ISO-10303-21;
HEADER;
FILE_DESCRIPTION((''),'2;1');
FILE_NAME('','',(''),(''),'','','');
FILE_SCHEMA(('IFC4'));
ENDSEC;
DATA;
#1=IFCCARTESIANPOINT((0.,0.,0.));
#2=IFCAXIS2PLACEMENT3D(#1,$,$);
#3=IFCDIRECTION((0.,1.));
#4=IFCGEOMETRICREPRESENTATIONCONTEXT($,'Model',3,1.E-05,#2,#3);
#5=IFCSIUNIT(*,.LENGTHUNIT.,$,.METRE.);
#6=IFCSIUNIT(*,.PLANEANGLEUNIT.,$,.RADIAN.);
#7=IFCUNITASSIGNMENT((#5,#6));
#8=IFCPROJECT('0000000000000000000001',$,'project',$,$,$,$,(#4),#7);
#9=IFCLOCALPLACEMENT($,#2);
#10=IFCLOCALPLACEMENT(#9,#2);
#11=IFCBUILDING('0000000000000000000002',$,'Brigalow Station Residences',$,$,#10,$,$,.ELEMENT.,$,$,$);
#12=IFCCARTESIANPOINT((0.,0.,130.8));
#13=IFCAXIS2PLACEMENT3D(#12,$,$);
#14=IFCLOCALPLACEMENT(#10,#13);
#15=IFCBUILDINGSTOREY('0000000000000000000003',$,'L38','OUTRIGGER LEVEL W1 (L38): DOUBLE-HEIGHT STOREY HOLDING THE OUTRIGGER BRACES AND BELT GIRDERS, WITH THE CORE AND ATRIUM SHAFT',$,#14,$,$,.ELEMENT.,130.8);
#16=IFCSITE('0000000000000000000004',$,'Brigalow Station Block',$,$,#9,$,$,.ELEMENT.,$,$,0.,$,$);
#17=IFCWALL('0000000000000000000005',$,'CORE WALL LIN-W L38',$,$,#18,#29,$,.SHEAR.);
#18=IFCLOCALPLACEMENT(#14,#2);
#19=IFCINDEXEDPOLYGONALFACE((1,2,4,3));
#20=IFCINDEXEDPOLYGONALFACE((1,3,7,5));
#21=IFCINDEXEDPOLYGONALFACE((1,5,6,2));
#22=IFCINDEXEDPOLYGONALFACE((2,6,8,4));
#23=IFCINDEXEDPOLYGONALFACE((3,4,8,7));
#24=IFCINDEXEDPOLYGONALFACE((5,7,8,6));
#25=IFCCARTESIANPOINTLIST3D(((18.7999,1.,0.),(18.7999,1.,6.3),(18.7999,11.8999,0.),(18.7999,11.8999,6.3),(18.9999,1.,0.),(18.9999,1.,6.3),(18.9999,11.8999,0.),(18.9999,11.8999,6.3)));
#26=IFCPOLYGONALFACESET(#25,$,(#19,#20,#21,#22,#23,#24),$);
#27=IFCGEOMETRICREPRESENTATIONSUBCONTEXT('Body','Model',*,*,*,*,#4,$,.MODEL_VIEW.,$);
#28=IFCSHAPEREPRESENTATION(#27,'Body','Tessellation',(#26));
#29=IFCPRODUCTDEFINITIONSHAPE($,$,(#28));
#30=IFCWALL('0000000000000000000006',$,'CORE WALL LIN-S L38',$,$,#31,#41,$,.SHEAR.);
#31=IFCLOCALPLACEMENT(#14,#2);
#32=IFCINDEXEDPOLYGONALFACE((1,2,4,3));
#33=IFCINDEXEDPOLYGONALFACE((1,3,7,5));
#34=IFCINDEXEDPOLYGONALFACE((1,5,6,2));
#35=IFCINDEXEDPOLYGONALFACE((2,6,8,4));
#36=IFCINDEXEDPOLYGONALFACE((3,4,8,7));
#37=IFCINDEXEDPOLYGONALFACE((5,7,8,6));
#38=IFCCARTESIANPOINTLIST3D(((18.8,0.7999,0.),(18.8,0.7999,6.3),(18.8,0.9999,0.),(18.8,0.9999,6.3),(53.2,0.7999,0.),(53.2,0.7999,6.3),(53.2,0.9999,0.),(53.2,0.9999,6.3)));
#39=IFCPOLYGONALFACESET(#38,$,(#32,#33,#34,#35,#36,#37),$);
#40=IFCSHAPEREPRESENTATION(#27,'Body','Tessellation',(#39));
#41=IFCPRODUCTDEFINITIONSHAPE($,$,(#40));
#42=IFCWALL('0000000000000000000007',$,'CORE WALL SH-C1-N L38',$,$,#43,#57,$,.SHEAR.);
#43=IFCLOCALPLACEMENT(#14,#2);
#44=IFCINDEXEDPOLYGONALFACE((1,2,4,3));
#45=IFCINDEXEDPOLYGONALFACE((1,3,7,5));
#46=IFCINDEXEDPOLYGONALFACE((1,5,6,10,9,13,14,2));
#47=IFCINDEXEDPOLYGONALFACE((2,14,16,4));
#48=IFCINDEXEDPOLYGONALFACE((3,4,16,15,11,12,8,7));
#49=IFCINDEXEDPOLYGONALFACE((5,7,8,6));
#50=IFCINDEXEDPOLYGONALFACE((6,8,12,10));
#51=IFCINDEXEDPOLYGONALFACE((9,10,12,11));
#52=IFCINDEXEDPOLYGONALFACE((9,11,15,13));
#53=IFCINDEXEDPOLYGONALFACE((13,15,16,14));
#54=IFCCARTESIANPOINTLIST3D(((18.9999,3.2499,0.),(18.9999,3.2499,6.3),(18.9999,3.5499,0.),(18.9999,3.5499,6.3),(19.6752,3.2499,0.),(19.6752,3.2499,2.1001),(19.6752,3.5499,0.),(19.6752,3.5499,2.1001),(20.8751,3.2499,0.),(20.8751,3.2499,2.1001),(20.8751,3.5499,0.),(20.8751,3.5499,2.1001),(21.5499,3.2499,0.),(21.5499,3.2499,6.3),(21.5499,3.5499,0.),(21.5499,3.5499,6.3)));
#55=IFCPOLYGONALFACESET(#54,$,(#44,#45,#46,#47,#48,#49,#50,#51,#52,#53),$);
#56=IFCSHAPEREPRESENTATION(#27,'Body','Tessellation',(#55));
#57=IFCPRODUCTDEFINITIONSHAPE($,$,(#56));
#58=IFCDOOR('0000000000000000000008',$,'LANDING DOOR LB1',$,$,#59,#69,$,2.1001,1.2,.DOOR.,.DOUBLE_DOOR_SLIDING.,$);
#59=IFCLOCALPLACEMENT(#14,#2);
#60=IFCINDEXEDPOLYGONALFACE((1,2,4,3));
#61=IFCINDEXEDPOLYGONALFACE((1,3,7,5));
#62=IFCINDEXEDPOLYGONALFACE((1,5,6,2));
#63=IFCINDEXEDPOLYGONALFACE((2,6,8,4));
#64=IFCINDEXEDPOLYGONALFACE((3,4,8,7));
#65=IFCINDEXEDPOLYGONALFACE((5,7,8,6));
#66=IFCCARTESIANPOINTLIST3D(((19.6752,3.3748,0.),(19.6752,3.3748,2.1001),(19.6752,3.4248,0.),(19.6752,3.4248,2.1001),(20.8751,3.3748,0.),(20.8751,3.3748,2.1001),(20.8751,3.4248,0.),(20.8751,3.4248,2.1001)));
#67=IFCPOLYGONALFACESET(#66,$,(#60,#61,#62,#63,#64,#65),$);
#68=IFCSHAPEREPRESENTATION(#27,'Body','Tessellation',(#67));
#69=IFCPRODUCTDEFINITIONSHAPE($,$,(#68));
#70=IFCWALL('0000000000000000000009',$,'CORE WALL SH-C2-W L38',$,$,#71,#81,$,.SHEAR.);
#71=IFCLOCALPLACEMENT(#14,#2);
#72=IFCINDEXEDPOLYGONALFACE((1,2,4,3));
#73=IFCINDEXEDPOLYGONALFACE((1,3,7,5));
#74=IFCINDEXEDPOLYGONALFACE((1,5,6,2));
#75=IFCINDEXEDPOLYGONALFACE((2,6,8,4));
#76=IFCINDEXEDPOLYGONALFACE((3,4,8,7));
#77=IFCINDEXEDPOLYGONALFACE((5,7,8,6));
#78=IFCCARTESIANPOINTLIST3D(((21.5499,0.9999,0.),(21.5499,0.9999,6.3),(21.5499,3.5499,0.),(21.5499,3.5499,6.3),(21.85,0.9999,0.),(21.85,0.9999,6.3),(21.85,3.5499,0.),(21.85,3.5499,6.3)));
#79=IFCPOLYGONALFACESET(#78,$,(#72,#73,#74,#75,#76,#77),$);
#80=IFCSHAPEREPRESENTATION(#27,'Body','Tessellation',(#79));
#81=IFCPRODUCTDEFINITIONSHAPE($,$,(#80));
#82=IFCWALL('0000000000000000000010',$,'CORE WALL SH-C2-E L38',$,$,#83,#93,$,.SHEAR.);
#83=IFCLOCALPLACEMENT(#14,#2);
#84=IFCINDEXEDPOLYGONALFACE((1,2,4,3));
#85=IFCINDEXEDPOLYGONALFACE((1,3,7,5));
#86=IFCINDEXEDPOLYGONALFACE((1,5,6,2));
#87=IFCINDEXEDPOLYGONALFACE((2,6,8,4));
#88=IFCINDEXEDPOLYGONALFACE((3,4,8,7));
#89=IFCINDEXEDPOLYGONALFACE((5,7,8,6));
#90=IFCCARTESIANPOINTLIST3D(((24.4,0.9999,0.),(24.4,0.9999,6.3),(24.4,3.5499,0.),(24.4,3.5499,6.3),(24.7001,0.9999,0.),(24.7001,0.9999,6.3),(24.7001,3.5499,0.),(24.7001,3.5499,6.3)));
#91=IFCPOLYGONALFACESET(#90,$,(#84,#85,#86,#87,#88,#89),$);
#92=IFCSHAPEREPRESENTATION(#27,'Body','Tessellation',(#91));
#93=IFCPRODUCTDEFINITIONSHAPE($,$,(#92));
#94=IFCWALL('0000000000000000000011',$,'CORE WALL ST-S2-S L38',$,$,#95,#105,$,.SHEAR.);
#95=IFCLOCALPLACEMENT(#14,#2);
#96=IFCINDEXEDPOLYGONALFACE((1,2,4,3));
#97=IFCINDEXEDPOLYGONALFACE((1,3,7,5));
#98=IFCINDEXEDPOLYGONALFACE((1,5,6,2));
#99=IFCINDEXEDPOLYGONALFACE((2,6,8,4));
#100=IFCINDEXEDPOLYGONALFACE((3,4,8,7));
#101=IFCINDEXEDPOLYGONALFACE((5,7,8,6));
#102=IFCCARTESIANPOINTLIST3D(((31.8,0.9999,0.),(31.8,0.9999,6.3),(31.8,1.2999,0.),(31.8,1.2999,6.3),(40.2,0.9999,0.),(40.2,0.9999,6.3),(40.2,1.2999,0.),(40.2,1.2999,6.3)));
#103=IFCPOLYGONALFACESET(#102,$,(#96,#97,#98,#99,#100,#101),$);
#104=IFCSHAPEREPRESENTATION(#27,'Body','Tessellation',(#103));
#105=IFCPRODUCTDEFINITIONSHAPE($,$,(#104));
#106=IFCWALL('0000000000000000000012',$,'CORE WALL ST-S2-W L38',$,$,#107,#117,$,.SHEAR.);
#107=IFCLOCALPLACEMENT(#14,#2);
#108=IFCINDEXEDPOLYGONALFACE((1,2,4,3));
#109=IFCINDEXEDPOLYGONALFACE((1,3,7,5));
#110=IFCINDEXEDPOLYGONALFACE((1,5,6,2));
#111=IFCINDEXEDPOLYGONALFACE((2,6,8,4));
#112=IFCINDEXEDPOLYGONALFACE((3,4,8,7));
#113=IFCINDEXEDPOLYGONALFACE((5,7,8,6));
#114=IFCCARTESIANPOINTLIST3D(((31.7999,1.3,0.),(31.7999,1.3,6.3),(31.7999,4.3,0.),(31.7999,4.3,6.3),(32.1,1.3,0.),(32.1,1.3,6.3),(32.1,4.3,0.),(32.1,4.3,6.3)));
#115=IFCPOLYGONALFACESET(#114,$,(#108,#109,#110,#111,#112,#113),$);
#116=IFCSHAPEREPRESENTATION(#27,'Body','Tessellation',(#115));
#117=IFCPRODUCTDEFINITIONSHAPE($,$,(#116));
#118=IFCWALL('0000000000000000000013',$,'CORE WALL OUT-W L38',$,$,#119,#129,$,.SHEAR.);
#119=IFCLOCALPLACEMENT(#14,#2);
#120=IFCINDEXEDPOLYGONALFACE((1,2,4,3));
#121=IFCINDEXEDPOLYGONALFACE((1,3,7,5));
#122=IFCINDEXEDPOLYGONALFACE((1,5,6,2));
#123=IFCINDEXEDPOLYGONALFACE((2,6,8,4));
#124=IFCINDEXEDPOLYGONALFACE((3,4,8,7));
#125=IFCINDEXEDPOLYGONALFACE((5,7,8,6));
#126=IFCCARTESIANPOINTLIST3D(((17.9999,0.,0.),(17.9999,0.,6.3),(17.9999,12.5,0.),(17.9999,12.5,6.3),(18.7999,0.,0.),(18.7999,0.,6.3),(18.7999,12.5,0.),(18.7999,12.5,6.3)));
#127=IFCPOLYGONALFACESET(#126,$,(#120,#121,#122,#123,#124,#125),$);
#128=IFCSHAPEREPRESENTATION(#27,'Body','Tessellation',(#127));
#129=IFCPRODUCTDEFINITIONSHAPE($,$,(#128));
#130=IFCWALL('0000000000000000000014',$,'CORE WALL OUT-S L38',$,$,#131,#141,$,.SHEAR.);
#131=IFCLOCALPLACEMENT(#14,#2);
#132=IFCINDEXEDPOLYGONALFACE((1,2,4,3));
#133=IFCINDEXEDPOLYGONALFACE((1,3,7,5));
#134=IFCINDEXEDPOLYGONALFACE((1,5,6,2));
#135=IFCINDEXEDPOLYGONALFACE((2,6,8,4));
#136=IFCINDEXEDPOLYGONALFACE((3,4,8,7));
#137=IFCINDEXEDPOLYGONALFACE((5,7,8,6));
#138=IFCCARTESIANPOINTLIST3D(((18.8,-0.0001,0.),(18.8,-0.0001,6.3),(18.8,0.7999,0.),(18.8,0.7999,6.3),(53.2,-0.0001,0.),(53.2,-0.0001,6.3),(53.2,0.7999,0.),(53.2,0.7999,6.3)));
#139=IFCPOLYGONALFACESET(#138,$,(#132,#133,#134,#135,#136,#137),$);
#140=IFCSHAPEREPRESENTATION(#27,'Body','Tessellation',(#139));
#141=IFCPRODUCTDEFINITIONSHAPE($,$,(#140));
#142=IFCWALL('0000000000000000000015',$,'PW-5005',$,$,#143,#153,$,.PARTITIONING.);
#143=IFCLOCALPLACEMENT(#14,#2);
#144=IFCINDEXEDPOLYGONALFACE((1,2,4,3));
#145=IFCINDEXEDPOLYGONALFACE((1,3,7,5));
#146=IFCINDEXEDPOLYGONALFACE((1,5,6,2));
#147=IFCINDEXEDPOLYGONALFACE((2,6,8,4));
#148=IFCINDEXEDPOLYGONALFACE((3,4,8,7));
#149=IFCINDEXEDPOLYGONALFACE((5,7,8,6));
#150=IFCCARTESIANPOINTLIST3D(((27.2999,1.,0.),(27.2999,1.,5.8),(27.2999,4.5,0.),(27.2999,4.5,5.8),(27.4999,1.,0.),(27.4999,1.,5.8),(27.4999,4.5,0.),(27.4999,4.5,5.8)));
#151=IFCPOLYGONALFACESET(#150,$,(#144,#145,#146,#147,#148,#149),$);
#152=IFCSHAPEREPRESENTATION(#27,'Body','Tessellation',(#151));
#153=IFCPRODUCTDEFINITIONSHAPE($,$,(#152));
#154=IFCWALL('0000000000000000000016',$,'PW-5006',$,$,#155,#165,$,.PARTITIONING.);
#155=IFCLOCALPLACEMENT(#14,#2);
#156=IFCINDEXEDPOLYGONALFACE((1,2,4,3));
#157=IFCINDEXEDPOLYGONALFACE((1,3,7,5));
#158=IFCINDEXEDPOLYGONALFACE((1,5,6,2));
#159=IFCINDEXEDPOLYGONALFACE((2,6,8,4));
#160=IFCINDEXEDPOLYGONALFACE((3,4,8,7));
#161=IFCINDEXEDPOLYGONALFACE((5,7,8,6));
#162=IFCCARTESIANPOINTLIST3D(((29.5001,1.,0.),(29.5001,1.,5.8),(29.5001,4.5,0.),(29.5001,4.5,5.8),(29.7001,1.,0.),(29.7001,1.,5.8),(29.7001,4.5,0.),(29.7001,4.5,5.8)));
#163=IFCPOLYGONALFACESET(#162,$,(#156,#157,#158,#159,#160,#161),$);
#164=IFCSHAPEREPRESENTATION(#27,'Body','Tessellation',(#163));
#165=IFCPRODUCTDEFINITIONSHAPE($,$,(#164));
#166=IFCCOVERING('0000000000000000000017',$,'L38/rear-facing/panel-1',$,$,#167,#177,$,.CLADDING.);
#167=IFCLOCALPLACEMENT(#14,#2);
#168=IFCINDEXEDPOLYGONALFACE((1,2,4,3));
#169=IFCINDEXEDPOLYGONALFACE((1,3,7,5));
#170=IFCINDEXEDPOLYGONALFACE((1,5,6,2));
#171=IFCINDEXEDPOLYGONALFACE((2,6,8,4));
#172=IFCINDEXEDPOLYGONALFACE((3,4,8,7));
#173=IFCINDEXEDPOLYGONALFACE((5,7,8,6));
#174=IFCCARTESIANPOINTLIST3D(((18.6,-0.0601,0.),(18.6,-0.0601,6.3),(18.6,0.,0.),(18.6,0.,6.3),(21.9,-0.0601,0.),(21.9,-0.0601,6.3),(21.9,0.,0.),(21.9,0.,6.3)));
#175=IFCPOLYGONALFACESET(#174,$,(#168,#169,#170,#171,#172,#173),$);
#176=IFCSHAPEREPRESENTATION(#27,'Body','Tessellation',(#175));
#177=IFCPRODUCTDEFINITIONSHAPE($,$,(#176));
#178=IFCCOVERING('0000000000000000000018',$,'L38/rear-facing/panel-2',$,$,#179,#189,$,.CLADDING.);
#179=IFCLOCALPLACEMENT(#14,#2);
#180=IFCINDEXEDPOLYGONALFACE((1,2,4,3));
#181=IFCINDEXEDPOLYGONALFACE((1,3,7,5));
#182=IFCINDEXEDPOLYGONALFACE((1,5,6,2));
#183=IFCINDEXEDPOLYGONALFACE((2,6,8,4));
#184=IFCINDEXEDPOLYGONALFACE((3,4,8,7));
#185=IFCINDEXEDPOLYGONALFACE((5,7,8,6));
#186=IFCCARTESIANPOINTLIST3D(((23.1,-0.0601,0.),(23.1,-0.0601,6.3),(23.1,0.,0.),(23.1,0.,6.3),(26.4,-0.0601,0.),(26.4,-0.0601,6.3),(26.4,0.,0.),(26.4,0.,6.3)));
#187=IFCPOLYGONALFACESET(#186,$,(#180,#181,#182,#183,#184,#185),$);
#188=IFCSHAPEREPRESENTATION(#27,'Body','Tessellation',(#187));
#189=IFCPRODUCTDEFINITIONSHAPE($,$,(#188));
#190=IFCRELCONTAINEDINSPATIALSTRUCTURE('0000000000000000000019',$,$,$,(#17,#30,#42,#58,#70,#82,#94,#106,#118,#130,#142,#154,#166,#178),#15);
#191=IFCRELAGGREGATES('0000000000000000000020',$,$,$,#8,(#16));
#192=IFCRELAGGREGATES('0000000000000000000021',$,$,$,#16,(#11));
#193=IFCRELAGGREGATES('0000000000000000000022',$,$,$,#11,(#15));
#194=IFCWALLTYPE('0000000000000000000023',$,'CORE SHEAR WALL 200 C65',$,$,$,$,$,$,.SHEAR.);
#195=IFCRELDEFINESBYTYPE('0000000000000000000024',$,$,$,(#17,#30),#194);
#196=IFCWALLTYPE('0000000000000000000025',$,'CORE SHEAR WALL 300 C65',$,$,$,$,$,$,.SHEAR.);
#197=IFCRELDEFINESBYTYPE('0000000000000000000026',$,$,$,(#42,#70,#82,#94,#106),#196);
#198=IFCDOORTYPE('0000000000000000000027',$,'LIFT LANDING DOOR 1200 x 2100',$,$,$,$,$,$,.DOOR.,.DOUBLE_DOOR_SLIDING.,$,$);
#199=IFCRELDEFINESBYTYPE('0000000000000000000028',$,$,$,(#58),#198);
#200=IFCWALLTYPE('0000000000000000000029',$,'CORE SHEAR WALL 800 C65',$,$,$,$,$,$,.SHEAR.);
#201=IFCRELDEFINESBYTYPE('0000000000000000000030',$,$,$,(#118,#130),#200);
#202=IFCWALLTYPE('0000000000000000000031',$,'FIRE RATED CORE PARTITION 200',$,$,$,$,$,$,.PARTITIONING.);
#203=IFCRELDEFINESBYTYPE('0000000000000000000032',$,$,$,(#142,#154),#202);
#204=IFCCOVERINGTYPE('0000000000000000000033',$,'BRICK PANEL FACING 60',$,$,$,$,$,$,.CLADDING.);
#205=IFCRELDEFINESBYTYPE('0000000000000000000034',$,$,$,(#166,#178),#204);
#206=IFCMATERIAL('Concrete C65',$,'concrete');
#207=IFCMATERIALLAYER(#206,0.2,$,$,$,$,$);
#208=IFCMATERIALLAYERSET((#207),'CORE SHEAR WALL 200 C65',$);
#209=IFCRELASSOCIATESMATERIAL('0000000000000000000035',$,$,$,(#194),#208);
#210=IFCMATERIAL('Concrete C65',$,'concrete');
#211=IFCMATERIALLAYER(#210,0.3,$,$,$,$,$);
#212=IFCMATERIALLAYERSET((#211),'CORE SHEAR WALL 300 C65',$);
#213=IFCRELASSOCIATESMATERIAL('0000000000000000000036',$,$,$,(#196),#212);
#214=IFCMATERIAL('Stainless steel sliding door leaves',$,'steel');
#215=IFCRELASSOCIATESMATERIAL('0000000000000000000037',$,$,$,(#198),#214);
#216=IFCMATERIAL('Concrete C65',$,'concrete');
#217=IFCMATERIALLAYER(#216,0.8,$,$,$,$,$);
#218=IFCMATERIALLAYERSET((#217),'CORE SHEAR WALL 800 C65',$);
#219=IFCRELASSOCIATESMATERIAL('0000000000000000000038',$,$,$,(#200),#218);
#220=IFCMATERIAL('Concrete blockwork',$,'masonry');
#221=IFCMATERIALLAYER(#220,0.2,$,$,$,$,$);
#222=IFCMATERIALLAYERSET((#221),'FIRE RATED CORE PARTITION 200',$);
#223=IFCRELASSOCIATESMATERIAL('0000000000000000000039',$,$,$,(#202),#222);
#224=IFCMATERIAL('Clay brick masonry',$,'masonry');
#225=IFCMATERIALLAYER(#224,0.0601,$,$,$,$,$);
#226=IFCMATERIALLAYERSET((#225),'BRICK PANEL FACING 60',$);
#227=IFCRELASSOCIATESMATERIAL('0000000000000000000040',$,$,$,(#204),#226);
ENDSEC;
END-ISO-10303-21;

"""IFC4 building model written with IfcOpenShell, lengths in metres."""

from ifc_helpers import new_model, si_unit, direction, frame, frame_2d, origin, origin_2d, place, context, subcontext, project, spatial, rectangle, extrude, material, layer, layer_set, type_object, element, fill, save


model = new_model("IFC4")

# Units and contexts
model_context = context("Model", 3, precision=1e-05, world=origin(), true_north=direction((0.0, 1.0)))
body_context = subcontext(model_context, "Body", "Model", "MODEL_VIEW")
ifc_project = project(units=[si_unit("LENGTHUNIT", "METRE"), si_unit("PLANEANGLEUNIT", "RADIAN")], contexts=[model_context])

# Site, building, storey
site_placement = place(None, origin())
site = spatial("IfcSite", under=ifc_project, at=site_placement, Name="Brigalow Station Block", CompositionType="ELEMENT", RefElevation=0.0)
building_placement = place(site_placement, origin())
building = spatial("IfcBuilding", under=site, at=building_placement, Name="Brigalow Station Residences", CompositionType="ELEMENT")
storey_placement = place(building_placement, frame((0.0, 0.0, 130.8)))
storey = spatial("IfcBuildingStorey", under=building, at=storey_placement, Name="L38", Description="OUTRIGGER LEVEL W1 (L38): DOUBLE-HEIGHT STOREY HOLDING THE OUTRIGGER BRACES AND BELT GIRDERS, WITH THE CORE AND ATRIUM SHAFT", CompositionType="ELEMENT", Elevation=130.8)

# Walls
ifc_material_1 = material(Name="Concrete C65", Category="concrete")
ifc_layer_1 = layer(ifc_material_1, 0.2)
ifc_layer_set_1 = layer_set([ifc_layer_1], Name="CORE SHEAR WALL 200 C65")
wall_type_1 = type_object("IfcWallType", Name="CORE SHEAR WALL 200 C65", PredefinedType="SHEAR", material=ifc_layer_set_1)
wall_1_placement = place(storey_placement, frame((18.8999, 1.0, 0.0), z_axis=(0.0, 0.0, 1.0), x_axis=(0.0, 1.0, 0.0)))
element("IfcWall", 1, at=wall_1_placement, inside=storey, type_object=wall_type_1, Name="CORE WALL LIN-W L38", PredefinedType="SHEAR", context=body_context, shape_type="SweptSolid", body=[
    extrude(rectangle(XDim=10.8999, YDim=0.2, at=frame_2d((5.45, 0.0))), origin(), (0.0, 0.0, 1.0), 6.3),
])
wall_2_placement = place(storey_placement, frame((18.8, 0.8999, 0.0), z_axis=(0.0, 0.0, 1.0), x_axis=(1.0, 0.0, 0.0)))
element("IfcWall", 2, at=wall_2_placement, inside=storey, type_object=wall_type_1, Name="CORE WALL LIN-S L38", PredefinedType="SHEAR", context=body_context, shape_type="SweptSolid", body=[
    extrude(rectangle(XDim=34.3999, YDim=0.2, at=frame_2d((17.2, 0.0))), origin(), (0.0, 0.0, 1.0), 6.3),
])

# Wall, opening, door
ifc_material_2 = material(Name="Concrete C65", Category="concrete")
ifc_layer_2 = layer(ifc_material_2, 0.3)
ifc_layer_set_2 = layer_set([ifc_layer_2], Name="CORE SHEAR WALL 300 C65")
wall_type_2 = type_object("IfcWallType", Name="CORE SHEAR WALL 300 C65", PredefinedType="SHEAR", material=ifc_layer_set_2)
wall_3_placement = place(storey_placement, frame((19.0, 3.3999, 0.0), z_axis=(0.0, 0.0, 1.0), x_axis=(1.0, 0.0, 0.0)))
wall_3 = element("IfcWall", 3, at=wall_3_placement, inside=storey, type_object=wall_type_2, Name="CORE WALL SH-C1-N L38", PredefinedType="SHEAR", context=body_context, shape_type="SweptSolid", body=[
    extrude(rectangle(XDim=2.55, YDim=0.3, at=frame_2d((1.2749, 0.0))), origin(), (0.0, 0.0, 1.0), 6.3),
])
opening_placement = place(wall_3_placement, frame((0.675, 0.0, 0.0)))
opening = element("IfcOpeningElement", 4, at=opening_placement, cuts=wall_3, PredefinedType="OPENING", context=body_context, shape_type="SweptSolid", body=[
    extrude(rectangle(XDim=1.2, YDim=2.1001, at=frame_2d((0.6001, 1.05))), frame((0.0, 0.1602, 0.0), z_axis=(0.0, -1.0, 0.0), x_axis=(1.0, 0.0, 0.0)), (0.0, 0.0, 1.0), 0.3201),
])
ifc_material_3 = material(Name="Stainless steel sliding door leaves", Category="steel")
door_type = type_object("IfcDoorType", Name="LIFT LANDING DOOR 1200 x 2100", OperationType="DOUBLE_DOOR_SLIDING", PredefinedType="DOOR", material=ifc_material_3)
door_placement = place(opening_placement, origin())
door = element("IfcDoor", 5, at=door_placement, inside=storey, type_object=door_type, Name="LANDING DOOR LB1", OperationType="DOUBLE_DOOR_SLIDING", OverallHeight=2.1001, OverallWidth=1.2, PredefinedType="DOOR", context=body_context, shape_type="SweptSolid", body=[
    extrude(rectangle(XDim=1.2, YDim=2.1001, at=frame_2d((0.6001, 1.05))), frame((0.0, 0.0249, 0.0), z_axis=(0.0, -1.0, 0.0), x_axis=(1.0, 0.0, 0.0)), (0.0, 0.0, 1.0), 0.05),
])
fill(opening, door)

# Walls
for number, where, z_axis, x_axis, name in (
    (6, (21.7, 1.0, 0.0), (0.0, 0.0, 1.0), (0.0, 1.0, 0.0), "CORE WALL SH-C2-W L38"),
    (7, (24.55, 1.0, 0.0), (0.0, 0.0, 1.0), (0.0, 1.0, 0.0), "CORE WALL SH-C2-E L38"),
):
    element("IfcWall", number, at=place(storey_placement, frame(where, z_axis=z_axis, x_axis=x_axis)), inside=storey, type_object=wall_type_2, Name=name, PredefinedType="SHEAR", context=body_context, shape_type="SweptSolid", body=[
        extrude(rectangle(XDim=2.55, YDim=0.3, at=frame_2d((1.2749, 0.0))), origin(), (0.0, 0.0, 1.0), 6.3),
    ])
wall_4_placement = place(storey_placement, frame((31.8, 1.1499, 0.0), z_axis=(0.0, 0.0, 1.0), x_axis=(1.0, 0.0, 0.0)))
element("IfcWall", 8, at=wall_4_placement, inside=storey, type_object=wall_type_2, Name="CORE WALL ST-S2-S L38", PredefinedType="SHEAR", context=body_context, shape_type="SweptSolid", body=[
    extrude(rectangle(XDim=8.3999, YDim=0.3, at=frame_2d((4.2, 0.0))), origin(), (0.0, 0.0, 1.0), 6.3),
])
wall_5_placement = place(storey_placement, frame((31.95, 1.3, 0.0), z_axis=(0.0, 0.0, 1.0), x_axis=(0.0, 1.0, 0.0)))
element("IfcWall", 9, at=wall_5_placement, inside=storey, type_object=wall_type_2, Name="CORE WALL ST-S2-W L38", PredefinedType="SHEAR", context=body_context, shape_type="SweptSolid", body=[
    extrude(rectangle(XDim=3.0, YDim=0.3, at=frame_2d((1.5, 0.0))), origin(), (0.0, 0.0, 1.0), 6.3),
])
ifc_material_4 = material(Name="Concrete C65", Category="concrete")
ifc_layer_3 = layer(ifc_material_4, 0.8)
ifc_layer_set_3 = layer_set([ifc_layer_3], Name="CORE SHEAR WALL 800 C65")
wall_type_3 = type_object("IfcWallType", Name="CORE SHEAR WALL 800 C65", PredefinedType="SHEAR", material=ifc_layer_set_3)
wall_6_placement = place(storey_placement, frame((18.3999, 0.0, 0.0), z_axis=(0.0, 0.0, 1.0), x_axis=(0.0, 1.0, 0.0)))
element("IfcWall", 10, at=wall_6_placement, inside=storey, type_object=wall_type_3, Name="CORE WALL OUT-W L38", PredefinedType="SHEAR", context=body_context, shape_type="SweptSolid", body=[
    extrude(rectangle(XDim=12.5, YDim=0.8, at=frame_2d((6.25, 0.0))), origin(), (0.0, 0.0, 1.0), 6.3),
])
wall_7_placement = place(storey_placement, frame((18.8, 0.3999, 0.0), z_axis=(0.0, 0.0, 1.0), x_axis=(1.0, 0.0, 0.0)))
element("IfcWall", 11, at=wall_7_placement, inside=storey, type_object=wall_type_3, Name="CORE WALL OUT-S L38", PredefinedType="SHEAR", context=body_context, shape_type="SweptSolid", body=[
    extrude(rectangle(XDim=34.3999, YDim=0.8, at=frame_2d((17.2, 0.0))), origin(), (0.0, 0.0, 1.0), 6.3),
])
ifc_material_5 = material(Name="Concrete blockwork", Category="masonry")
ifc_layer_4 = layer(ifc_material_5, 0.2)
ifc_layer_set_4 = layer_set([ifc_layer_4], Name="FIRE RATED CORE PARTITION 200")
wall_type_4 = type_object("IfcWallType", Name="FIRE RATED CORE PARTITION 200", PredefinedType="PARTITIONING", material=ifc_layer_set_4)
for number, where, z_axis, x_axis, name in (
    (12, (27.3999, 1.0, 0.0), (0.0, 0.0, 1.0), (0.0, 1.0, 0.0), "PW-5005"),
    (13, (29.6001, 1.0, 0.0), (0.0, 0.0, 1.0), (0.0, 1.0, 0.0), "PW-5006"),
):
    element("IfcWall", number, at=place(storey_placement, frame(where, z_axis=z_axis, x_axis=x_axis)), inside=storey, type_object=wall_type_4, Name=name, PredefinedType="PARTITIONING", context=body_context, shape_type="SweptSolid", body=[
        extrude(rectangle(XDim=3.5, YDim=0.2, at=frame_2d((1.75, 0.0))), origin(), (0.0, 0.0, 1.0), 5.8),
    ])

# Coverings
ifc_material_6 = material(Name="Clay brick masonry", Category="masonry")
ifc_layer_5 = layer(ifc_material_6, 0.0601)
ifc_layer_set_5 = layer_set([ifc_layer_5], Name="BRICK PANEL FACING 60")
covering_type_1 = type_object("IfcCoveringType", Name="BRICK PANEL FACING 60", PredefinedType="CLADDING", material=ifc_layer_set_5)
for number, where, z_axis, x_axis, name in (
    (14, (20.25, -0.03, 0.0), (0.0, 0.0, 1.0), (1.0, 0.0, 0.0), "L38/rear-facing/panel-1"),
    (15, (24.75, -0.03, 0.0), (0.0, 0.0, 1.0), (1.0, 0.0, 0.0), "L38/rear-facing/panel-2"),
):
    element("IfcCovering", number, at=place(storey_placement, frame(where, z_axis=z_axis, x_axis=x_axis)), inside=storey, type_object=covering_type_1, Name=name, PredefinedType="CLADDING", context=body_context, shape_type="SweptSolid", body=[
        extrude(rectangle(XDim=3.3, YDim=0.0601, at=origin_2d()), origin(), (0.0, 0.0, 1.0), 6.3),
    ])

save(model, "model.ifc")
